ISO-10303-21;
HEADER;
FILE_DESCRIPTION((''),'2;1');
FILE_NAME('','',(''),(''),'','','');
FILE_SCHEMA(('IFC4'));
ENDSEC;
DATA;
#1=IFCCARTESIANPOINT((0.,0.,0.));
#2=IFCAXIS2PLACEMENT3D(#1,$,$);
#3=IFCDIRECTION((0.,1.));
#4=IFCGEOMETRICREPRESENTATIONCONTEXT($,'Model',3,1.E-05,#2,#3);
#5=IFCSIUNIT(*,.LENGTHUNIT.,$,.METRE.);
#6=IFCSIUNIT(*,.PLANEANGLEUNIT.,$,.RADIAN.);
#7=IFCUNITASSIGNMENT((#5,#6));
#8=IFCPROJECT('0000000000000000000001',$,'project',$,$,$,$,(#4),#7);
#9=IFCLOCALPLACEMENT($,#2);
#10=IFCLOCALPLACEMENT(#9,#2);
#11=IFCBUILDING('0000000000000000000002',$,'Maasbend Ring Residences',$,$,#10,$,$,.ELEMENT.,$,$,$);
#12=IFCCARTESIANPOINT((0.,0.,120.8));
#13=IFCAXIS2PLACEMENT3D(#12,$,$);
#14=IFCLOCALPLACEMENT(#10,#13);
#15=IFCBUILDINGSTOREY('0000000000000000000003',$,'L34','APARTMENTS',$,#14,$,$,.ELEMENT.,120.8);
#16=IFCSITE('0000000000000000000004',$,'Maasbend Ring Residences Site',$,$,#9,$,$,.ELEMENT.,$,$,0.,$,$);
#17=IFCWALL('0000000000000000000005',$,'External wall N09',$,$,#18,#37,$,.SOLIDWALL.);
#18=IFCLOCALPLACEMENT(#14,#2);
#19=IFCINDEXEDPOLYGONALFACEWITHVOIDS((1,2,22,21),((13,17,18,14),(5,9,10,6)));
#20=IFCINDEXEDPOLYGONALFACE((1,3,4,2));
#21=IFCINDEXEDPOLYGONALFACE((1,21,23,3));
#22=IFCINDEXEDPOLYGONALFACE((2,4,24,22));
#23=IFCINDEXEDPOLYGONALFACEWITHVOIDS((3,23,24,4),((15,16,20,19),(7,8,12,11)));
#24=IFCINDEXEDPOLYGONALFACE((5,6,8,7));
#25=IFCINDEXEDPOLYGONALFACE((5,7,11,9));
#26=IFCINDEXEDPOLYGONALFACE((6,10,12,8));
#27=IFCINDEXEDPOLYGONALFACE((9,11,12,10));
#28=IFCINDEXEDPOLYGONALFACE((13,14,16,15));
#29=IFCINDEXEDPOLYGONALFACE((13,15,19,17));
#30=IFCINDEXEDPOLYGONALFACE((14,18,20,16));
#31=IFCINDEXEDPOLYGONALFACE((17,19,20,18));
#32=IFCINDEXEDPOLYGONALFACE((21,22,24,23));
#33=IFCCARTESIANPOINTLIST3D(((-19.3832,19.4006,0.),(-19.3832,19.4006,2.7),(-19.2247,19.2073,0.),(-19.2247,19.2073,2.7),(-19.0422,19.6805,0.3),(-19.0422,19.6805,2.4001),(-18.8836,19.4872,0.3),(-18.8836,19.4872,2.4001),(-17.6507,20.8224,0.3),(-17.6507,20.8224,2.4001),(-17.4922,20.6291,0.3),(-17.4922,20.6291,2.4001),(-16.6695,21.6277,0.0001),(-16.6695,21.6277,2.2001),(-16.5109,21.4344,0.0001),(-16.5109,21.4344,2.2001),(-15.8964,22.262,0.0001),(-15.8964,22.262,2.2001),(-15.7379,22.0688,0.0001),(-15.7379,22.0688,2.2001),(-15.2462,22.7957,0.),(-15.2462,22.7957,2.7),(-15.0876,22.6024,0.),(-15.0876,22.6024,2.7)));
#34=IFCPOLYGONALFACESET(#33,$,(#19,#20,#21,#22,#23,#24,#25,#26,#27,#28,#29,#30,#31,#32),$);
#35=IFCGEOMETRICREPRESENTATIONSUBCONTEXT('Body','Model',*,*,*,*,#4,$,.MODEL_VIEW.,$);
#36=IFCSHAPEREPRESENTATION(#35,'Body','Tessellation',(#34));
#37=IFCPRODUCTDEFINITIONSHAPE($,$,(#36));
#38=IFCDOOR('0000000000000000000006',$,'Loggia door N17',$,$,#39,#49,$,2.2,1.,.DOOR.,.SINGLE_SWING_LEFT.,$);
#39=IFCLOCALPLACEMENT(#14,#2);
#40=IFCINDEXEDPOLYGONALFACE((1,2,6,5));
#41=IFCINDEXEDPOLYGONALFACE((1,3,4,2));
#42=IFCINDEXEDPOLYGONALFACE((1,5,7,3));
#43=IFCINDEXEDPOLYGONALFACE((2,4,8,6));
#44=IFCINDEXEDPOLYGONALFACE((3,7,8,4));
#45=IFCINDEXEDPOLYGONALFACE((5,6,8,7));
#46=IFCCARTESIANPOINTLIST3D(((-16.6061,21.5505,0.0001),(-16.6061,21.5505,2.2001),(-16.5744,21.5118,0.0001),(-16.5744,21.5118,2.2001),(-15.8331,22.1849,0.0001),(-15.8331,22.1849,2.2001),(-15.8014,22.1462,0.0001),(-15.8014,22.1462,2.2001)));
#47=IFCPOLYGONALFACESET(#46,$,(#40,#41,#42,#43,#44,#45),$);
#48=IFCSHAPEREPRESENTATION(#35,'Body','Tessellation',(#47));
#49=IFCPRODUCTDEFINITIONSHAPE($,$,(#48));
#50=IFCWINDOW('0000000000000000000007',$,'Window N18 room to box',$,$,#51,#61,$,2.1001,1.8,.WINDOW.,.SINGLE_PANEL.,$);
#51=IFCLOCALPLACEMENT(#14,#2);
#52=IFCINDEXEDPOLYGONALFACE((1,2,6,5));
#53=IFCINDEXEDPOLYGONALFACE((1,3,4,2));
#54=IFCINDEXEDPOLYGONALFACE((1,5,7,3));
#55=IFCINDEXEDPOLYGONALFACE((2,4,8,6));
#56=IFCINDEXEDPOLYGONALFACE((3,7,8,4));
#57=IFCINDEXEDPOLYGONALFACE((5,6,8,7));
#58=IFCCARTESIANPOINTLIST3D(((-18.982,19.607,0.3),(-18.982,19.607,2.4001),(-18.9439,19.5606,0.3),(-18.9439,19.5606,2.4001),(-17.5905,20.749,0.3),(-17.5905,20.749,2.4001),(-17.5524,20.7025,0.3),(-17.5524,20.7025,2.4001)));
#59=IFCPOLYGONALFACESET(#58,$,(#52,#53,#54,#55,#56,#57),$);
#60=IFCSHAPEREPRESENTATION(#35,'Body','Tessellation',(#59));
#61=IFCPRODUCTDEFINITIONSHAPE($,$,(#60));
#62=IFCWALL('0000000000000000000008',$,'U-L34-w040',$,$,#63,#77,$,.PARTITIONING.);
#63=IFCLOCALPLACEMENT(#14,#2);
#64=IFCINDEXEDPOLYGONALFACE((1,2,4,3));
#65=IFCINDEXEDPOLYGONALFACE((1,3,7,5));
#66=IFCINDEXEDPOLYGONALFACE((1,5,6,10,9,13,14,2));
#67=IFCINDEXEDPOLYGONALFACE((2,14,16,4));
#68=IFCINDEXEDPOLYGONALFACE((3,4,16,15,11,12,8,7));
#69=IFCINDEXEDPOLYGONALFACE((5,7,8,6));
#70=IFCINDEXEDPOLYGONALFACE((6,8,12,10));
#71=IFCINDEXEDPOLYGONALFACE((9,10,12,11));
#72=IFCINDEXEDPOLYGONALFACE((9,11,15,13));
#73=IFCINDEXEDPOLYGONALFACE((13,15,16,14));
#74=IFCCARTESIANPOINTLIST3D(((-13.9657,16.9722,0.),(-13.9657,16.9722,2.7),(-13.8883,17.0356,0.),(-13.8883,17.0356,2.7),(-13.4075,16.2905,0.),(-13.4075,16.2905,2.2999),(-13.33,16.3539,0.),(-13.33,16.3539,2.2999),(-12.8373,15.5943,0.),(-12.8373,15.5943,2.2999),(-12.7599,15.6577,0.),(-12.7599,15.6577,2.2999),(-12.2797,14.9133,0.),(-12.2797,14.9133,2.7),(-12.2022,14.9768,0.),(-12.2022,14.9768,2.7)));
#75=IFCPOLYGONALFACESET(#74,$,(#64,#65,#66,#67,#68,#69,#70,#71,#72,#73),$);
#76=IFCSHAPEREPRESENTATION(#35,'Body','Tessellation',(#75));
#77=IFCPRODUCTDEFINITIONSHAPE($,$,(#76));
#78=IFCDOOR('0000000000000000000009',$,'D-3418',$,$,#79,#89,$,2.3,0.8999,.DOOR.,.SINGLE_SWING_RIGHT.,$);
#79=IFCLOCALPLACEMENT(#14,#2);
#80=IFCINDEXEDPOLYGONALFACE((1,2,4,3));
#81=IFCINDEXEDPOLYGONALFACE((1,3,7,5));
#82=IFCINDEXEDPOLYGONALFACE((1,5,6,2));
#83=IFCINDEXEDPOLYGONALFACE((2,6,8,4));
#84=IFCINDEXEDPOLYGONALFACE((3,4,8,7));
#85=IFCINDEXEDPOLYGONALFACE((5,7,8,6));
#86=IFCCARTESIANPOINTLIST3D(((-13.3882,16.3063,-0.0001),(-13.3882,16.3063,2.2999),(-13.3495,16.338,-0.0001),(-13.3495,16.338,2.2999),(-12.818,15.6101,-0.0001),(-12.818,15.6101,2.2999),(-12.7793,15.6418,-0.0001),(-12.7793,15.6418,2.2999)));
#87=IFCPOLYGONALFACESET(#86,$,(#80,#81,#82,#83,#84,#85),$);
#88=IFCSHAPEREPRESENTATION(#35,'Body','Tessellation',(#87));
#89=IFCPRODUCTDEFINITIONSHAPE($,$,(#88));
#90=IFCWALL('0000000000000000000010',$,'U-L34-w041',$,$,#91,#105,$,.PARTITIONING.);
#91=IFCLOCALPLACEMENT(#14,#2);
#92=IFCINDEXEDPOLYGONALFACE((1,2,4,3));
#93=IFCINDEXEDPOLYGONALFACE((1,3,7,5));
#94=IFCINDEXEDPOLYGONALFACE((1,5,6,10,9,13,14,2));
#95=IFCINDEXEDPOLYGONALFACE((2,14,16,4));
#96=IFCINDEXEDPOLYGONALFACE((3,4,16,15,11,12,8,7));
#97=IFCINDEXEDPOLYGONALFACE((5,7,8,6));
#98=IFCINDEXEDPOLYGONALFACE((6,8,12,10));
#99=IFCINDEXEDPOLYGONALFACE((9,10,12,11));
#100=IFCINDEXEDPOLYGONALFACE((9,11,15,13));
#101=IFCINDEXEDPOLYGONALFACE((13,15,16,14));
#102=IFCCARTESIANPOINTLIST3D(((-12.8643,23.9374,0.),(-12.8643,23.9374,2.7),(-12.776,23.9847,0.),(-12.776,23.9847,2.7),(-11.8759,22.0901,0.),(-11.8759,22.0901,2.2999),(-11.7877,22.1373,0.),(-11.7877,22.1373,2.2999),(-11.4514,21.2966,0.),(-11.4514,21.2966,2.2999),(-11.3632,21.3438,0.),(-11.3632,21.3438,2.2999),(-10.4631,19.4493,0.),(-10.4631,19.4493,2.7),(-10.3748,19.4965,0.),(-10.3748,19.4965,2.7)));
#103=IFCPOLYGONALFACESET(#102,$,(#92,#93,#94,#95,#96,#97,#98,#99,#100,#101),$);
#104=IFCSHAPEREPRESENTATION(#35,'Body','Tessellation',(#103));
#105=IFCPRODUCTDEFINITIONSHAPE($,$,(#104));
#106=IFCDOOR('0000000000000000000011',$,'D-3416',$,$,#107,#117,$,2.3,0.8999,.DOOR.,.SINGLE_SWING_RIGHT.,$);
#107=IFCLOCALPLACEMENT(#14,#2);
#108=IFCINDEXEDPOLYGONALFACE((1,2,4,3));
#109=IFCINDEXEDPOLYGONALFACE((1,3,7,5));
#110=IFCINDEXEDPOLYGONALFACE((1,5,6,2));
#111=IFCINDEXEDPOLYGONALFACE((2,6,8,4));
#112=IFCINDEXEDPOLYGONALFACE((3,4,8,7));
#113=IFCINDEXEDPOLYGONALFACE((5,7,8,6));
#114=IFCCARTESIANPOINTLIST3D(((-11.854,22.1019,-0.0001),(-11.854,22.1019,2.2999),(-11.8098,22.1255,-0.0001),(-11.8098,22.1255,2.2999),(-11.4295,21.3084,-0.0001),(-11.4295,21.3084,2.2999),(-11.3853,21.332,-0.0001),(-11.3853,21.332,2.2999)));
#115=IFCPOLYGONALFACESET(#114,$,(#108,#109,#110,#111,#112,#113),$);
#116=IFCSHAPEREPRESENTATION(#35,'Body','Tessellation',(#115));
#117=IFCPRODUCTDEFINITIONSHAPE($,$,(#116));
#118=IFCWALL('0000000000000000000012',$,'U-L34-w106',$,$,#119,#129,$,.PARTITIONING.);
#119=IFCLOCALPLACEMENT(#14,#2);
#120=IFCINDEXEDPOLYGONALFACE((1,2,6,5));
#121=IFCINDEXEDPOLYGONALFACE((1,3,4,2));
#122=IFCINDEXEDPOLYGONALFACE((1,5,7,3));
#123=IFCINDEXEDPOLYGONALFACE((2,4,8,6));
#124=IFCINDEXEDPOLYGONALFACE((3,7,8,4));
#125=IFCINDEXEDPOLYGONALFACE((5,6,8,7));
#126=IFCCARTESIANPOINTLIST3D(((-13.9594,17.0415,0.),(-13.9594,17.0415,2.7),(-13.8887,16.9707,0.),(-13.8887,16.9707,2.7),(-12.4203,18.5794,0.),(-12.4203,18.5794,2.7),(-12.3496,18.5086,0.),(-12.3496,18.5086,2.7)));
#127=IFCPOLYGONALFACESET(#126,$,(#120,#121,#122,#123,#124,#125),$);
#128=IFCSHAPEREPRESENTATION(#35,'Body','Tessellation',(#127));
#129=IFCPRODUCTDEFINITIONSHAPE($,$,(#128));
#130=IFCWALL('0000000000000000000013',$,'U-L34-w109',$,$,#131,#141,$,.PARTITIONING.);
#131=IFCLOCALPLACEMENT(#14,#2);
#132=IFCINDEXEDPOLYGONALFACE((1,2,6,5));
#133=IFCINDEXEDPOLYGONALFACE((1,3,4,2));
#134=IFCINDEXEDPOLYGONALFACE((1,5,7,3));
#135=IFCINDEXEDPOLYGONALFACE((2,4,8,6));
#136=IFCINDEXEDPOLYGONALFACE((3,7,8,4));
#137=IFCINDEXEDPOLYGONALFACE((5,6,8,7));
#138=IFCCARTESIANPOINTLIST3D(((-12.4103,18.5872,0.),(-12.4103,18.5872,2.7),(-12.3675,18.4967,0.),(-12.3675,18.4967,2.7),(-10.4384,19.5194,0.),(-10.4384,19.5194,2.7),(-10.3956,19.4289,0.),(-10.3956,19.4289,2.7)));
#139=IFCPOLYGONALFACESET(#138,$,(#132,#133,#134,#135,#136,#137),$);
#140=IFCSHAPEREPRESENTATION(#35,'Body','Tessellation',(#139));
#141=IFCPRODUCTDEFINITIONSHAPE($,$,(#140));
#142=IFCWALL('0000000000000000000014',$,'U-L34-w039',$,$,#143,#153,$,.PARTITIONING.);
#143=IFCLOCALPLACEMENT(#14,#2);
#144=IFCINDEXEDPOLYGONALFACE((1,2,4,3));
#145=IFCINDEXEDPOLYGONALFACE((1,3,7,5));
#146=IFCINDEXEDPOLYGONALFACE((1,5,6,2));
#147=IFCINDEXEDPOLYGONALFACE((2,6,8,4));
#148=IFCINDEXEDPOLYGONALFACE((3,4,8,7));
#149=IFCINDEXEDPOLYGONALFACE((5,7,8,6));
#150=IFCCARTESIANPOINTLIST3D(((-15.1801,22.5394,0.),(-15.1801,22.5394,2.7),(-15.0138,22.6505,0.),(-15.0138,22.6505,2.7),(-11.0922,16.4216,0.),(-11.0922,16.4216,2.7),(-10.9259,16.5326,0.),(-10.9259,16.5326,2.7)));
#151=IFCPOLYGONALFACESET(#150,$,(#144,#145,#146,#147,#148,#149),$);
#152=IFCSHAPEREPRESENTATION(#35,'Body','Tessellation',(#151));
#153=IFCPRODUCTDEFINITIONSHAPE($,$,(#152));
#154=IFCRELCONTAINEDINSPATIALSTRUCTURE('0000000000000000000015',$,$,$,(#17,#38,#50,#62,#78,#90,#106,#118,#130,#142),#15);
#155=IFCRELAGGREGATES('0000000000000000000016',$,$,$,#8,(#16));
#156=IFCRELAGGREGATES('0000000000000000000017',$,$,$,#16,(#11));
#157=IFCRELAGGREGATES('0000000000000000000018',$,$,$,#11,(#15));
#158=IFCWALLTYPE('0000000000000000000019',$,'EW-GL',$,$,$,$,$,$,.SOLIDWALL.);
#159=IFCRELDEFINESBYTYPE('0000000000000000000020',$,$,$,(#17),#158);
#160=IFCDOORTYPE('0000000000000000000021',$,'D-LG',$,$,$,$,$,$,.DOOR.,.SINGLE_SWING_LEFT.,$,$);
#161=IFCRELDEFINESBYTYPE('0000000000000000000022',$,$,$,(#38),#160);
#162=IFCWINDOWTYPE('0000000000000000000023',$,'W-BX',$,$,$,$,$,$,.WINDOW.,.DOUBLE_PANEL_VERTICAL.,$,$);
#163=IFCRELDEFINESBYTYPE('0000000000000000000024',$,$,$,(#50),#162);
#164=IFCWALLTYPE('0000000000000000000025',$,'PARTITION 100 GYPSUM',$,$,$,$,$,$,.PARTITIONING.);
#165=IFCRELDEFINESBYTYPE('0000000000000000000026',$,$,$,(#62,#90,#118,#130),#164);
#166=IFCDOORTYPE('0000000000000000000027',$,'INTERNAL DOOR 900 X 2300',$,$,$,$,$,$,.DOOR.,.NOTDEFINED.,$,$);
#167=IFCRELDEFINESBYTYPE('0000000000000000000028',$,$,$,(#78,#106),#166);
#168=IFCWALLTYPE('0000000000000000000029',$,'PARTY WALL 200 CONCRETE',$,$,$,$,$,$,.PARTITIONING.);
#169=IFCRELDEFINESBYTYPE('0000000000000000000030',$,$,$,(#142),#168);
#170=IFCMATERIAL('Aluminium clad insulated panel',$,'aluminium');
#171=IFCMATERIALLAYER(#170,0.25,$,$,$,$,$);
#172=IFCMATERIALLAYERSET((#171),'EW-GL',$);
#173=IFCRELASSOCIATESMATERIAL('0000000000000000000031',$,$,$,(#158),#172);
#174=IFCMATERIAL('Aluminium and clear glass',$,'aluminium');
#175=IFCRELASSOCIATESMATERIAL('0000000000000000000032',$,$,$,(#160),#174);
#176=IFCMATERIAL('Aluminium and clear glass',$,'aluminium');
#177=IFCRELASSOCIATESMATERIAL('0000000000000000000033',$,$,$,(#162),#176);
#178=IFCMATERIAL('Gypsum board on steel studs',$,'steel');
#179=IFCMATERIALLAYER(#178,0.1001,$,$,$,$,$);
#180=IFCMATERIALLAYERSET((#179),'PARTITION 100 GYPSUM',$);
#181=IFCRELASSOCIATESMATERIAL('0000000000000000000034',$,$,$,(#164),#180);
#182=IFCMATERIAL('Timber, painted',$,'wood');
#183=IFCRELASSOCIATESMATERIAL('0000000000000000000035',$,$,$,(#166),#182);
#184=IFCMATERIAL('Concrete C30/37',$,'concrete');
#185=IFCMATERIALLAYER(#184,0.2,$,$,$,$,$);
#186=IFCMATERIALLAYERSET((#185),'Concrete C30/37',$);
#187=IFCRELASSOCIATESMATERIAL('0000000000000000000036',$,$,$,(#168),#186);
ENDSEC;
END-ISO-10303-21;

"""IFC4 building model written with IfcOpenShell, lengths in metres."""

from ifc_helpers import new_model, si_unit, direction, frame, frame_2d, origin, place, context, subcontext, project, spatial, rectangle, extrude, material, layer, layer_set, type_object, element, fill, save


model = new_model("IFC4")

# Units and contexts
model_context = context("Model", 3, precision=1e-05, world=origin(), true_north=direction((0.0, 1.0)))
body_context = subcontext(model_context, "Body", "Model", "MODEL_VIEW")
ifc_project = project(units=[si_unit("LENGTHUNIT", "METRE"), si_unit("PLANEANGLEUNIT", "RADIAN")], contexts=[model_context])

# Site, building, storey
site_placement = place(None, origin())
site = spatial("IfcSite", under=ifc_project, at=site_placement, Name="Maasbend Ring Residences Site", CompositionType="ELEMENT", RefElevation=0.0)
building_placement = place(site_placement, origin())
building = spatial("IfcBuilding", under=site, at=building_placement, Name="Maasbend Ring Residences", CompositionType="ELEMENT")
storey_placement = place(building_placement, frame((0.0, 0.0, 120.8)))
storey = spatial("IfcBuildingStorey", under=building, at=storey_placement, Name="L34", Description="APARTMENTS", CompositionType="ELEMENT", Elevation=120.8)

# Wall, openings, door, window
ifc_material_1 = material(Name="Aluminium clad insulated panel", Category="aluminium")
ifc_layer_1 = layer(ifc_material_1, 0.25)
ifc_layer_set_1 = layer_set([ifc_layer_1], Name="EW-GL")
wall_type_1 = type_object("IfcWallType", Name="EW-GL", PredefinedType="SOLIDWALL", material=ifc_layer_set_1)
wall_1_placement = place(storey_placement, frame((-15.167, 22.699, 0.0), z_axis=(0.0, 0.0, 1.0), x_axis=(-0.773019, -0.634382, 0.0)))
wall_1 = element("IfcWall", 1, at=wall_1_placement, inside=storey, type_object=wall_type_1, Name="External wall N09", PredefinedType="SOLIDWALL", context=body_context, shape_type="SweptSolid", body=[
    extrude(rectangle(XDim=5.3518, YDim=0.25, at=frame_2d((2.6758, 0.0))), origin(), (0.0, 0.0, 1.0), 2.7),
])
opening_1_placement = place(wall_1_placement, frame((0.8411, 0.0, 0.0)))
opening_1 = element("IfcOpeningElement", 2, at=opening_1_placement, cuts=wall_1, PredefinedType="OPENING", context=body_context, shape_type="SweptSolid", body=[
    extrude(rectangle(XDim=1.0, YDim=2.2, at=frame_2d((0.5, 1.1001))), frame((0.0, 0.135, 0.0), z_axis=(0.0, -1.0, 0.0), x_axis=(1.0, 0.0, 0.0)), (0.0, 0.0, 1.0), 0.27),
])
opening_2_placement = place(wall_1_placement, frame((3.1106, 0.0, 0.3)))
opening_2 = element("IfcOpeningElement", 3, at=opening_2_placement, cuts=wall_1, PredefinedType="OPENING", context=body_context, shape_type="SweptSolid", body=[
    extrude(rectangle(XDim=1.8, YDim=2.1001, at=frame_2d((0.8999, 1.05))), frame((0.0, 0.135, 0.0), z_axis=(0.0, -1.0, 0.0), x_axis=(1.0, 0.0, 0.0)), (0.0, 0.0, 1.0), 0.27),
])
ifc_material_2 = material(Name="Aluminium and clear glass", Category="aluminium")
door_type_1 = type_object("IfcDoorType", Name="D-LG", OperationType="SINGLE_SWING_LEFT", PredefinedType="DOOR", material=ifc_material_2)
door_1_placement = place(opening_1_placement, origin())
door_1 = element("IfcDoor", 4, at=door_1_placement, inside=storey, type_object=door_type_1, Name="Loggia door N17", OperationType="SINGLE_SWING_LEFT", OverallHeight=2.2, OverallWidth=1.0, PredefinedType="DOOR", context=body_context, shape_type="SweptSolid", body=[
    extrude(rectangle(XDim=1.0, YDim=2.2, at=frame_2d((0.5, 1.1001))), frame((0.0, 0.0249, 0.0), z_axis=(0.0, -1.0, 0.0), x_axis=(1.0, 0.0, 0.0)), (0.0, 0.0, 1.0), 0.05),
])
fill(opening_1, door_1)
ifc_material_3 = material(Name="Aluminium and clear glass", Category="aluminium")
window_type_1 = type_object("IfcWindowType", Name="W-BX", PartitioningType="DOUBLE_PANEL_VERTICAL", PredefinedType="WINDOW", material=ifc_material_3)
window_1_placement = place(opening_2_placement, origin())
window_1 = element("IfcWindow", 5, at=window_1_placement, inside=storey, type_object=window_type_1, Name="Window N18 room to box", OverallHeight=2.1001, OverallWidth=1.8, PartitioningType="SINGLE_PANEL", PredefinedType="WINDOW", context=body_context, shape_type="SweptSolid", body=[
    extrude(rectangle(XDim=1.8, YDim=2.1001, at=frame_2d((0.8999, 1.05))), frame((0.0, 0.03, 0.0), z_axis=(0.0, -1.0, 0.0), x_axis=(1.0, 0.0, 0.0)), (0.0, 0.0, 1.0), 0.0601),
])
fill(opening_2, window_1)

# Walls, openings, doors
ifc_material_4 = material(Name="Gypsum board on steel studs", Category="steel")
ifc_layer_2 = layer(ifc_material_4, 0.1001)
ifc_layer_set_2 = layer_set([ifc_layer_2], Name="PARTITION 100 GYPSUM")
wall_type_2 = type_object("IfcWallType", Name="PARTITION 100 GYPSUM", PredefinedType="PARTITIONING", material=ifc_layer_set_2)
wall_2_placement = place(storey_placement, frame((-13.927, 17.0039, 0.0), z_axis=(0.0, 0.0, 1.0), x_axis=(0.633582, -0.773675, 0.0)))
wall_2 = element("IfcWall", 6, at=wall_2_placement, inside=storey, type_object=wall_type_2, Name="U-L34-w040", PredefinedType="PARTITIONING", context=body_context, shape_type="SweptSolid", body=[
    extrude(rectangle(XDim=2.6611, YDim=0.1001, at=frame_2d((1.3306, 0.0))), origin(), (0.0, 0.0, 1.0), 2.7),
])
opening_3_placement = place(wall_2_placement, frame((0.8811, 0.0, 0.0)))
opening_3 = element("IfcOpeningElement", 7, at=opening_3_placement, cuts=wall_2, PredefinedType="OPENING", context=body_context, shape_type="SweptSolid", body=[
    extrude(rectangle(XDim=0.8999, YDim=2.3, at=frame_2d((0.45, 1.1499))), frame((0.0, 0.0601, 0.0), z_axis=(0.0, -1.0, 0.0), x_axis=(1.0, 0.0, 0.0)), (0.0, 0.0, 1.0), 0.1201),
])
ifc_material_5 = material(Name="Timber, painted", Category="wood")
door_type_2 = type_object("IfcDoorType", Name="INTERNAL DOOR 900 X 2300", OperationType="NOTDEFINED", PredefinedType="DOOR", material=ifc_material_5)
door_2_placement = place(opening_3_placement, origin())
door_2 = element("IfcDoor", 8, at=door_2_placement, inside=storey, type_object=door_type_2, Name="D-3418", OperationType="SINGLE_SWING_RIGHT", OverallHeight=2.3, OverallWidth=0.8999, PredefinedType="DOOR", context=body_context, shape_type="SweptSolid", body=[
    extrude(rectangle(XDim=0.8999, YDim=2.3, at=frame_2d((0.45, 1.1499))), frame((0.0, 0.0249, 0.0), z_axis=(0.0, -1.0, 0.0), x_axis=(1.0, 0.0, 0.0)), (0.0, 0.0, 1.0), 0.05),
])
fill(opening_3, door_2)
wall_3_placement = place(storey_placement, frame((-12.8201, 23.9609, 0.0), z_axis=(0.0, 0.0, 1.0), x_axis=(0.471736, -0.88174, 0.0)))
wall_3 = element("IfcWall", 9, at=wall_3_placement, inside=storey, type_object=wall_type_2, Name="U-L34-w041", PredefinedType="PARTITIONING", context=body_context, shape_type="SweptSolid", body=[
    extrude(rectangle(XDim=5.0901, YDim=0.1001, at=frame_2d((2.5449, 0.0))), origin(), (0.0, 0.0, 1.0), 2.7),
])
opening_4_placement = place(wall_3_placement, frame((2.095, 0.0, 0.0)))
opening_4 = element("IfcOpeningElement", 10, at=opening_4_placement, cuts=wall_3, PredefinedType="OPENING", context=body_context, shape_type="SweptSolid", body=[
    extrude(rectangle(XDim=0.8999, YDim=2.3, at=frame_2d((0.45, 1.1499))), frame((0.0, 0.0601, 0.0), z_axis=(0.0, -1.0, 0.0), x_axis=(1.0, 0.0, 0.0)), (0.0, 0.0, 1.0), 0.1201),
])
door_3_placement = place(opening_4_placement, origin())
door_3 = element("IfcDoor", 11, at=door_3_placement, inside=storey, type_object=door_type_2, Name="D-3416", OperationType="SINGLE_SWING_RIGHT", OverallHeight=2.3, OverallWidth=0.8999, PredefinedType="DOOR", context=body_context, shape_type="SweptSolid", body=[
    extrude(rectangle(XDim=0.8999, YDim=2.3, at=frame_2d((0.45, 1.1499))), frame((0.0, 0.0249, 0.0), z_axis=(0.0, -1.0, 0.0), x_axis=(1.0, 0.0, 0.0)), (0.0, 0.0, 1.0), 0.05),
])
fill(opening_4, door_3)

# Walls
wall_4_placement = place(storey_placement, frame((-13.9241, 17.0061, 0.0), z_axis=(0.0, 0.0, 1.0), x_axis=(0.707387, 0.706826, 0.0)))
element("IfcWall", 12, at=wall_4_placement, inside=storey, type_object=wall_type_2, Name="U-L34-w106", PredefinedType="PARTITIONING", context=body_context, shape_type="SweptSolid", body=[
    extrude(rectangle(XDim=2.1758, YDim=0.1001, at=frame_2d((1.0879, 0.0))), origin(), (0.0, 0.0, 1.0), 2.7),
])
wall_5_placement = place(storey_placement, frame((-12.3889, 18.542, 0.0), z_axis=(0.0, 0.0, 1.0), x_axis=(0.904082, 0.42736, 0.0)))
element("IfcWall", 13, at=wall_5_placement, inside=storey, type_object=wall_type_2, Name="U-L34-w109", PredefinedType="PARTITIONING", context=body_context, shape_type="SweptSolid", body=[
    extrude(rectangle(XDim=2.1812, YDim=0.1001, at=frame_2d((1.0906, 0.0))), origin(), (0.0, 0.0, 1.0), 2.7),
])
ifc_material_6 = material(Name="Concrete C30/37", Category="concrete")
ifc_layer_3 = layer(ifc_material_6, 0.2)
ifc_layer_set_3 = layer_set([ifc_layer_3], Name="Concrete C30/37")
wall_type_3 = type_object("IfcWallType", Name="PARTY WALL 200 CONCRETE", PredefinedType="PARTITIONING", material=ifc_layer_set_3)
wall_6_placement = place(storey_placement, frame((-15.0969, 22.595, 0.0), z_axis=(0.0, 0.0, 1.0), x_axis=(0.555573, -0.831468, 0.0)))
element("IfcWall", 14, at=wall_6_placement, inside=storey, type_object=wall_type_3, Name="U-L34-w039", PredefinedType="PARTITIONING", context=body_context, shape_type="SweptSolid", body=[
    extrude(rectangle(XDim=7.3579, YDim=0.2, at=frame_2d((3.679, 0.0))), origin(), (0.0, 0.0, 1.0), 2.7),
])

save(model, "model.ifc")
